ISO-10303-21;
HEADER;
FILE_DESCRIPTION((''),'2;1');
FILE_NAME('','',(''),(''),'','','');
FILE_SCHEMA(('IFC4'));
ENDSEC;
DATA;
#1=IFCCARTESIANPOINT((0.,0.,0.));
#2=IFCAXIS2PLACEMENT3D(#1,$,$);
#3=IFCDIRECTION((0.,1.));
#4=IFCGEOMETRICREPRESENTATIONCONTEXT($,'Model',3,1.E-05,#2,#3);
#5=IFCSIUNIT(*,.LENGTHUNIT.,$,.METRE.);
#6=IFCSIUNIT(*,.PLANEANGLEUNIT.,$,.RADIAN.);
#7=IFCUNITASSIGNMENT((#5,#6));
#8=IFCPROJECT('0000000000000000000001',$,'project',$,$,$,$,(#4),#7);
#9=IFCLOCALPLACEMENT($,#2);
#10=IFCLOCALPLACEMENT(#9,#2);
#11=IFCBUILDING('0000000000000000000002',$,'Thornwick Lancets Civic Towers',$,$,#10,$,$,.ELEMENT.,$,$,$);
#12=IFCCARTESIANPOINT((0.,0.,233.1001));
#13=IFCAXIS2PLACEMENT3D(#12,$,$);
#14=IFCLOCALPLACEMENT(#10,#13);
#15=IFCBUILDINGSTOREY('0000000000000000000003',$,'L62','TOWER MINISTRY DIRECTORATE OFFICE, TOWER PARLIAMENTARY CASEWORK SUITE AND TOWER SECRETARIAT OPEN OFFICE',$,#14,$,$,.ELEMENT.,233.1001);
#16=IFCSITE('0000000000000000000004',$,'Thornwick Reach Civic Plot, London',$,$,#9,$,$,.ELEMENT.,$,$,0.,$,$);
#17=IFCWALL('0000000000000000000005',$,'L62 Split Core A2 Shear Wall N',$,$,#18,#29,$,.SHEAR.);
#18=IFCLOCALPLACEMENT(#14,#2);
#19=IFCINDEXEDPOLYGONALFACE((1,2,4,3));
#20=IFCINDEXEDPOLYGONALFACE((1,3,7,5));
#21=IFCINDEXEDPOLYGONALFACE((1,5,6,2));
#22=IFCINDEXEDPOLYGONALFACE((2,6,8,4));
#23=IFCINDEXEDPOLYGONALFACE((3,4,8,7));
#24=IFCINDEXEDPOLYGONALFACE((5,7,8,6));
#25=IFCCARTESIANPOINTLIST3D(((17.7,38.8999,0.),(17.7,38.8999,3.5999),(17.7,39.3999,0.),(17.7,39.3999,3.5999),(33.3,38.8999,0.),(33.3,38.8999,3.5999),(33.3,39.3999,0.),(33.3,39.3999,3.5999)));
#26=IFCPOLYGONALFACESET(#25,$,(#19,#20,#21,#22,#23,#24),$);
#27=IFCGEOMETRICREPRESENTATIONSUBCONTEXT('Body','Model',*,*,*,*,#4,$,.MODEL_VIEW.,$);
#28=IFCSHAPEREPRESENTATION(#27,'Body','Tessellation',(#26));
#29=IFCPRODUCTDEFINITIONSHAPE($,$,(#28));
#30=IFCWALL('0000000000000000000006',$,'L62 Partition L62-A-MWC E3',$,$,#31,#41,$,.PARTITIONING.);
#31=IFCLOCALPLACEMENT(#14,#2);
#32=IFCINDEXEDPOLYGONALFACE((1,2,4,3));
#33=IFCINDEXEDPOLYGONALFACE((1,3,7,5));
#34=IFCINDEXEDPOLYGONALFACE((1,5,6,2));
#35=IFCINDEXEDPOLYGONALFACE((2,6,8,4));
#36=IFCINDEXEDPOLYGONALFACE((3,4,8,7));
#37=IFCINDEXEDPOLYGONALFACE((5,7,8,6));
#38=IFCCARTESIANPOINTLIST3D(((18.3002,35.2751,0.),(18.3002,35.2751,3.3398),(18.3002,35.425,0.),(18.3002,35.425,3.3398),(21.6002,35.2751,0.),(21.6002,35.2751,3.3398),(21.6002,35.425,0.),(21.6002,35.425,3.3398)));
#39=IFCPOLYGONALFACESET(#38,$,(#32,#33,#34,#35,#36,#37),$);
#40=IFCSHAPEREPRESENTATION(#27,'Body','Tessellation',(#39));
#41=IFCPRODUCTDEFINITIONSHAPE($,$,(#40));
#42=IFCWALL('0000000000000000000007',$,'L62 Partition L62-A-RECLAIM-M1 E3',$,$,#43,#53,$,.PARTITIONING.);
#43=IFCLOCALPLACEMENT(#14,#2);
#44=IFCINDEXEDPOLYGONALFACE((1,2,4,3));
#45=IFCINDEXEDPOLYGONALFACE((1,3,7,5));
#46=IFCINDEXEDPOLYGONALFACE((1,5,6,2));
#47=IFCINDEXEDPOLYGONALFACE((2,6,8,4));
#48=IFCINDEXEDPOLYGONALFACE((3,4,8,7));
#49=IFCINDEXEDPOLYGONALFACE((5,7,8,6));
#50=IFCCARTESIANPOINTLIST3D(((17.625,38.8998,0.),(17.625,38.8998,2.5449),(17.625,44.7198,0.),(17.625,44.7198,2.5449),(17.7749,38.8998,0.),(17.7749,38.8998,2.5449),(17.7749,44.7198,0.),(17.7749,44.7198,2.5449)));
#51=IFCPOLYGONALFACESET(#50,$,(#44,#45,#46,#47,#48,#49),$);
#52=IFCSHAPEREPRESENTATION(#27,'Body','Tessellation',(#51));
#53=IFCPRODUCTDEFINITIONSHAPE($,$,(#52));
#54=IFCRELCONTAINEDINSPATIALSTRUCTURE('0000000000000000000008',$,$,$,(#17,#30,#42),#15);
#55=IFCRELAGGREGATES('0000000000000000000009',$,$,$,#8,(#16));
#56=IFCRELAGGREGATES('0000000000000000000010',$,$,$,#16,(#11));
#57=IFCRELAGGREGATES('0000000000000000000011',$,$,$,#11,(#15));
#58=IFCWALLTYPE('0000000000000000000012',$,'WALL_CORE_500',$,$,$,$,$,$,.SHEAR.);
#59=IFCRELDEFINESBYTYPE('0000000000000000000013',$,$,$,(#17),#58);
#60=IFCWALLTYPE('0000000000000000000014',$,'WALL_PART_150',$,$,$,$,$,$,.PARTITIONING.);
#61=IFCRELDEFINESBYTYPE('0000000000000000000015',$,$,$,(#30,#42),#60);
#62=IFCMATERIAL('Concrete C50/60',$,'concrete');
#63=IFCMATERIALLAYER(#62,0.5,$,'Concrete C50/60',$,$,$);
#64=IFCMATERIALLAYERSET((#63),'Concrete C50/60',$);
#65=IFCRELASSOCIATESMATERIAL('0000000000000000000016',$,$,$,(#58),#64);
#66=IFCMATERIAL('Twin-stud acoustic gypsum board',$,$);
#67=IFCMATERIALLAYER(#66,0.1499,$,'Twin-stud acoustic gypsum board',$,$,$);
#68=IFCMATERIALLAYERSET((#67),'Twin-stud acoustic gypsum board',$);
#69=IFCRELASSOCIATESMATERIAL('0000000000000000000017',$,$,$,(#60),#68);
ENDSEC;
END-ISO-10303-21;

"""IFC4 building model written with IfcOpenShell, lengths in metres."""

from ifc_helpers import new_model, si_unit, direction, frame, frame_2d, origin, place, context, subcontext, project, spatial, rectangle, extrude, material, layer, layer_set, type_object, element, save


model = new_model("IFC4")

# Units and contexts
model_context = context("Model", 3, precision=1e-05, world=origin(), true_north=direction((0.0, 1.0)))
body_context = subcontext(model_context, "Body", "Model", "MODEL_VIEW")
ifc_project = project(units=[si_unit("LENGTHUNIT", "METRE"), si_unit("PLANEANGLEUNIT", "RADIAN")], contexts=[model_context])

# Site, building, storey
site_placement = place(None, origin())
site = spatial("IfcSite", under=ifc_project, at=site_placement, Name="Thornwick Reach Civic Plot, London", CompositionType="ELEMENT", RefElevation=0.0)
building_placement = place(site_placement, origin())
building = spatial("IfcBuilding", under=site, at=building_placement, Name="Thornwick Lancets Civic Towers", CompositionType="ELEMENT")
storey_placement = place(building_placement, frame((0.0, 0.0, 233.1001)))
storey = spatial("IfcBuildingStorey", under=building, at=storey_placement, Name="L62", Description="TOWER MINISTRY DIRECTORATE OFFICE, TOWER PARLIAMENTARY CASEWORK SUITE AND TOWER SECRETARIAT OPEN OFFICE", CompositionType="ELEMENT", Elevation=233.1001)

# Shared definitions
ifc_material_1 = material(Name="Concrete C50/60", Category="concrete")

# Walls
ifc_layer_1 = layer(ifc_material_1, 0.5, Name="Concrete C50/60")
ifc_layer_set_1 = layer_set([ifc_layer_1], Name="Concrete C50/60")
wall_type_1 = type_object("IfcWallType", Name="WALL_CORE_500", PredefinedType="SHEAR", material=ifc_layer_set_1)
wall_1_placement = place(storey_placement, frame((17.7, 39.1499, 0.0), z_axis=(0.0, 0.0, 1.0), x_axis=(1.0, 0.0, 0.0)))
element("IfcWall", 1, at=wall_1_placement, inside=storey, type_object=wall_type_1, Name="L62 Split Core A2 Shear Wall N", PredefinedType="SHEAR", context=body_context, shape_type="SweptSolid", body=[
    extrude(rectangle(XDim=15.6001, YDim=0.5, at=frame_2d((7.8, 0.0))), origin(), (0.0, 0.0, 1.0), 3.5999),
])
ifc_material_2 = material(Name="Twin-stud acoustic gypsum board")
ifc_layer_2 = layer(ifc_material_2, 0.1499, Name="Twin-stud acoustic gypsum board")
ifc_layer_set_2 = layer_set([ifc_layer_2], Name="Twin-stud acoustic gypsum board")
wall_type_2 = type_object("IfcWallType", Name="WALL_PART_150", PredefinedType="PARTITIONING", material=ifc_layer_set_2)
wall_2_placement = place(storey_placement, frame((21.6001, 35.3501, 0.0), z_axis=(0.0, 0.0, 1.0), x_axis=(-1.0, 0.0, 0.0)))
element("IfcWall", 2, at=wall_2_placement, inside=storey, type_object=wall_type_2, Name="L62 Partition L62-A-MWC E3", PredefinedType="PARTITIONING", context=body_context, shape_type="SweptSolid", body=[
    extrude(rectangle(XDim=3.3, YDim=0.1499, at=frame_2d((1.6499, 0.0))), origin(), (0.0, 0.0, 1.0), 3.3398),
])
wall_3_placement = place(storey_placement, frame((17.7, 44.72, 0.0), z_axis=(0.0, 0.0, 1.0), x_axis=(0.0, -1.0, 0.0)))
element("IfcWall", 3, at=wall_3_placement, inside=storey, type_object=wall_type_2, Name="L62 Partition L62-A-RECLAIM-M1 E3", PredefinedType="PARTITIONING", context=body_context, shape_type="SweptSolid", body=[
    extrude(rectangle(XDim=5.8201, YDim=0.1499, at=frame_2d((2.9102, 0.0))), origin(), (0.0, 0.0, 1.0), 2.5449),
])

save(model, "model.ifc")
